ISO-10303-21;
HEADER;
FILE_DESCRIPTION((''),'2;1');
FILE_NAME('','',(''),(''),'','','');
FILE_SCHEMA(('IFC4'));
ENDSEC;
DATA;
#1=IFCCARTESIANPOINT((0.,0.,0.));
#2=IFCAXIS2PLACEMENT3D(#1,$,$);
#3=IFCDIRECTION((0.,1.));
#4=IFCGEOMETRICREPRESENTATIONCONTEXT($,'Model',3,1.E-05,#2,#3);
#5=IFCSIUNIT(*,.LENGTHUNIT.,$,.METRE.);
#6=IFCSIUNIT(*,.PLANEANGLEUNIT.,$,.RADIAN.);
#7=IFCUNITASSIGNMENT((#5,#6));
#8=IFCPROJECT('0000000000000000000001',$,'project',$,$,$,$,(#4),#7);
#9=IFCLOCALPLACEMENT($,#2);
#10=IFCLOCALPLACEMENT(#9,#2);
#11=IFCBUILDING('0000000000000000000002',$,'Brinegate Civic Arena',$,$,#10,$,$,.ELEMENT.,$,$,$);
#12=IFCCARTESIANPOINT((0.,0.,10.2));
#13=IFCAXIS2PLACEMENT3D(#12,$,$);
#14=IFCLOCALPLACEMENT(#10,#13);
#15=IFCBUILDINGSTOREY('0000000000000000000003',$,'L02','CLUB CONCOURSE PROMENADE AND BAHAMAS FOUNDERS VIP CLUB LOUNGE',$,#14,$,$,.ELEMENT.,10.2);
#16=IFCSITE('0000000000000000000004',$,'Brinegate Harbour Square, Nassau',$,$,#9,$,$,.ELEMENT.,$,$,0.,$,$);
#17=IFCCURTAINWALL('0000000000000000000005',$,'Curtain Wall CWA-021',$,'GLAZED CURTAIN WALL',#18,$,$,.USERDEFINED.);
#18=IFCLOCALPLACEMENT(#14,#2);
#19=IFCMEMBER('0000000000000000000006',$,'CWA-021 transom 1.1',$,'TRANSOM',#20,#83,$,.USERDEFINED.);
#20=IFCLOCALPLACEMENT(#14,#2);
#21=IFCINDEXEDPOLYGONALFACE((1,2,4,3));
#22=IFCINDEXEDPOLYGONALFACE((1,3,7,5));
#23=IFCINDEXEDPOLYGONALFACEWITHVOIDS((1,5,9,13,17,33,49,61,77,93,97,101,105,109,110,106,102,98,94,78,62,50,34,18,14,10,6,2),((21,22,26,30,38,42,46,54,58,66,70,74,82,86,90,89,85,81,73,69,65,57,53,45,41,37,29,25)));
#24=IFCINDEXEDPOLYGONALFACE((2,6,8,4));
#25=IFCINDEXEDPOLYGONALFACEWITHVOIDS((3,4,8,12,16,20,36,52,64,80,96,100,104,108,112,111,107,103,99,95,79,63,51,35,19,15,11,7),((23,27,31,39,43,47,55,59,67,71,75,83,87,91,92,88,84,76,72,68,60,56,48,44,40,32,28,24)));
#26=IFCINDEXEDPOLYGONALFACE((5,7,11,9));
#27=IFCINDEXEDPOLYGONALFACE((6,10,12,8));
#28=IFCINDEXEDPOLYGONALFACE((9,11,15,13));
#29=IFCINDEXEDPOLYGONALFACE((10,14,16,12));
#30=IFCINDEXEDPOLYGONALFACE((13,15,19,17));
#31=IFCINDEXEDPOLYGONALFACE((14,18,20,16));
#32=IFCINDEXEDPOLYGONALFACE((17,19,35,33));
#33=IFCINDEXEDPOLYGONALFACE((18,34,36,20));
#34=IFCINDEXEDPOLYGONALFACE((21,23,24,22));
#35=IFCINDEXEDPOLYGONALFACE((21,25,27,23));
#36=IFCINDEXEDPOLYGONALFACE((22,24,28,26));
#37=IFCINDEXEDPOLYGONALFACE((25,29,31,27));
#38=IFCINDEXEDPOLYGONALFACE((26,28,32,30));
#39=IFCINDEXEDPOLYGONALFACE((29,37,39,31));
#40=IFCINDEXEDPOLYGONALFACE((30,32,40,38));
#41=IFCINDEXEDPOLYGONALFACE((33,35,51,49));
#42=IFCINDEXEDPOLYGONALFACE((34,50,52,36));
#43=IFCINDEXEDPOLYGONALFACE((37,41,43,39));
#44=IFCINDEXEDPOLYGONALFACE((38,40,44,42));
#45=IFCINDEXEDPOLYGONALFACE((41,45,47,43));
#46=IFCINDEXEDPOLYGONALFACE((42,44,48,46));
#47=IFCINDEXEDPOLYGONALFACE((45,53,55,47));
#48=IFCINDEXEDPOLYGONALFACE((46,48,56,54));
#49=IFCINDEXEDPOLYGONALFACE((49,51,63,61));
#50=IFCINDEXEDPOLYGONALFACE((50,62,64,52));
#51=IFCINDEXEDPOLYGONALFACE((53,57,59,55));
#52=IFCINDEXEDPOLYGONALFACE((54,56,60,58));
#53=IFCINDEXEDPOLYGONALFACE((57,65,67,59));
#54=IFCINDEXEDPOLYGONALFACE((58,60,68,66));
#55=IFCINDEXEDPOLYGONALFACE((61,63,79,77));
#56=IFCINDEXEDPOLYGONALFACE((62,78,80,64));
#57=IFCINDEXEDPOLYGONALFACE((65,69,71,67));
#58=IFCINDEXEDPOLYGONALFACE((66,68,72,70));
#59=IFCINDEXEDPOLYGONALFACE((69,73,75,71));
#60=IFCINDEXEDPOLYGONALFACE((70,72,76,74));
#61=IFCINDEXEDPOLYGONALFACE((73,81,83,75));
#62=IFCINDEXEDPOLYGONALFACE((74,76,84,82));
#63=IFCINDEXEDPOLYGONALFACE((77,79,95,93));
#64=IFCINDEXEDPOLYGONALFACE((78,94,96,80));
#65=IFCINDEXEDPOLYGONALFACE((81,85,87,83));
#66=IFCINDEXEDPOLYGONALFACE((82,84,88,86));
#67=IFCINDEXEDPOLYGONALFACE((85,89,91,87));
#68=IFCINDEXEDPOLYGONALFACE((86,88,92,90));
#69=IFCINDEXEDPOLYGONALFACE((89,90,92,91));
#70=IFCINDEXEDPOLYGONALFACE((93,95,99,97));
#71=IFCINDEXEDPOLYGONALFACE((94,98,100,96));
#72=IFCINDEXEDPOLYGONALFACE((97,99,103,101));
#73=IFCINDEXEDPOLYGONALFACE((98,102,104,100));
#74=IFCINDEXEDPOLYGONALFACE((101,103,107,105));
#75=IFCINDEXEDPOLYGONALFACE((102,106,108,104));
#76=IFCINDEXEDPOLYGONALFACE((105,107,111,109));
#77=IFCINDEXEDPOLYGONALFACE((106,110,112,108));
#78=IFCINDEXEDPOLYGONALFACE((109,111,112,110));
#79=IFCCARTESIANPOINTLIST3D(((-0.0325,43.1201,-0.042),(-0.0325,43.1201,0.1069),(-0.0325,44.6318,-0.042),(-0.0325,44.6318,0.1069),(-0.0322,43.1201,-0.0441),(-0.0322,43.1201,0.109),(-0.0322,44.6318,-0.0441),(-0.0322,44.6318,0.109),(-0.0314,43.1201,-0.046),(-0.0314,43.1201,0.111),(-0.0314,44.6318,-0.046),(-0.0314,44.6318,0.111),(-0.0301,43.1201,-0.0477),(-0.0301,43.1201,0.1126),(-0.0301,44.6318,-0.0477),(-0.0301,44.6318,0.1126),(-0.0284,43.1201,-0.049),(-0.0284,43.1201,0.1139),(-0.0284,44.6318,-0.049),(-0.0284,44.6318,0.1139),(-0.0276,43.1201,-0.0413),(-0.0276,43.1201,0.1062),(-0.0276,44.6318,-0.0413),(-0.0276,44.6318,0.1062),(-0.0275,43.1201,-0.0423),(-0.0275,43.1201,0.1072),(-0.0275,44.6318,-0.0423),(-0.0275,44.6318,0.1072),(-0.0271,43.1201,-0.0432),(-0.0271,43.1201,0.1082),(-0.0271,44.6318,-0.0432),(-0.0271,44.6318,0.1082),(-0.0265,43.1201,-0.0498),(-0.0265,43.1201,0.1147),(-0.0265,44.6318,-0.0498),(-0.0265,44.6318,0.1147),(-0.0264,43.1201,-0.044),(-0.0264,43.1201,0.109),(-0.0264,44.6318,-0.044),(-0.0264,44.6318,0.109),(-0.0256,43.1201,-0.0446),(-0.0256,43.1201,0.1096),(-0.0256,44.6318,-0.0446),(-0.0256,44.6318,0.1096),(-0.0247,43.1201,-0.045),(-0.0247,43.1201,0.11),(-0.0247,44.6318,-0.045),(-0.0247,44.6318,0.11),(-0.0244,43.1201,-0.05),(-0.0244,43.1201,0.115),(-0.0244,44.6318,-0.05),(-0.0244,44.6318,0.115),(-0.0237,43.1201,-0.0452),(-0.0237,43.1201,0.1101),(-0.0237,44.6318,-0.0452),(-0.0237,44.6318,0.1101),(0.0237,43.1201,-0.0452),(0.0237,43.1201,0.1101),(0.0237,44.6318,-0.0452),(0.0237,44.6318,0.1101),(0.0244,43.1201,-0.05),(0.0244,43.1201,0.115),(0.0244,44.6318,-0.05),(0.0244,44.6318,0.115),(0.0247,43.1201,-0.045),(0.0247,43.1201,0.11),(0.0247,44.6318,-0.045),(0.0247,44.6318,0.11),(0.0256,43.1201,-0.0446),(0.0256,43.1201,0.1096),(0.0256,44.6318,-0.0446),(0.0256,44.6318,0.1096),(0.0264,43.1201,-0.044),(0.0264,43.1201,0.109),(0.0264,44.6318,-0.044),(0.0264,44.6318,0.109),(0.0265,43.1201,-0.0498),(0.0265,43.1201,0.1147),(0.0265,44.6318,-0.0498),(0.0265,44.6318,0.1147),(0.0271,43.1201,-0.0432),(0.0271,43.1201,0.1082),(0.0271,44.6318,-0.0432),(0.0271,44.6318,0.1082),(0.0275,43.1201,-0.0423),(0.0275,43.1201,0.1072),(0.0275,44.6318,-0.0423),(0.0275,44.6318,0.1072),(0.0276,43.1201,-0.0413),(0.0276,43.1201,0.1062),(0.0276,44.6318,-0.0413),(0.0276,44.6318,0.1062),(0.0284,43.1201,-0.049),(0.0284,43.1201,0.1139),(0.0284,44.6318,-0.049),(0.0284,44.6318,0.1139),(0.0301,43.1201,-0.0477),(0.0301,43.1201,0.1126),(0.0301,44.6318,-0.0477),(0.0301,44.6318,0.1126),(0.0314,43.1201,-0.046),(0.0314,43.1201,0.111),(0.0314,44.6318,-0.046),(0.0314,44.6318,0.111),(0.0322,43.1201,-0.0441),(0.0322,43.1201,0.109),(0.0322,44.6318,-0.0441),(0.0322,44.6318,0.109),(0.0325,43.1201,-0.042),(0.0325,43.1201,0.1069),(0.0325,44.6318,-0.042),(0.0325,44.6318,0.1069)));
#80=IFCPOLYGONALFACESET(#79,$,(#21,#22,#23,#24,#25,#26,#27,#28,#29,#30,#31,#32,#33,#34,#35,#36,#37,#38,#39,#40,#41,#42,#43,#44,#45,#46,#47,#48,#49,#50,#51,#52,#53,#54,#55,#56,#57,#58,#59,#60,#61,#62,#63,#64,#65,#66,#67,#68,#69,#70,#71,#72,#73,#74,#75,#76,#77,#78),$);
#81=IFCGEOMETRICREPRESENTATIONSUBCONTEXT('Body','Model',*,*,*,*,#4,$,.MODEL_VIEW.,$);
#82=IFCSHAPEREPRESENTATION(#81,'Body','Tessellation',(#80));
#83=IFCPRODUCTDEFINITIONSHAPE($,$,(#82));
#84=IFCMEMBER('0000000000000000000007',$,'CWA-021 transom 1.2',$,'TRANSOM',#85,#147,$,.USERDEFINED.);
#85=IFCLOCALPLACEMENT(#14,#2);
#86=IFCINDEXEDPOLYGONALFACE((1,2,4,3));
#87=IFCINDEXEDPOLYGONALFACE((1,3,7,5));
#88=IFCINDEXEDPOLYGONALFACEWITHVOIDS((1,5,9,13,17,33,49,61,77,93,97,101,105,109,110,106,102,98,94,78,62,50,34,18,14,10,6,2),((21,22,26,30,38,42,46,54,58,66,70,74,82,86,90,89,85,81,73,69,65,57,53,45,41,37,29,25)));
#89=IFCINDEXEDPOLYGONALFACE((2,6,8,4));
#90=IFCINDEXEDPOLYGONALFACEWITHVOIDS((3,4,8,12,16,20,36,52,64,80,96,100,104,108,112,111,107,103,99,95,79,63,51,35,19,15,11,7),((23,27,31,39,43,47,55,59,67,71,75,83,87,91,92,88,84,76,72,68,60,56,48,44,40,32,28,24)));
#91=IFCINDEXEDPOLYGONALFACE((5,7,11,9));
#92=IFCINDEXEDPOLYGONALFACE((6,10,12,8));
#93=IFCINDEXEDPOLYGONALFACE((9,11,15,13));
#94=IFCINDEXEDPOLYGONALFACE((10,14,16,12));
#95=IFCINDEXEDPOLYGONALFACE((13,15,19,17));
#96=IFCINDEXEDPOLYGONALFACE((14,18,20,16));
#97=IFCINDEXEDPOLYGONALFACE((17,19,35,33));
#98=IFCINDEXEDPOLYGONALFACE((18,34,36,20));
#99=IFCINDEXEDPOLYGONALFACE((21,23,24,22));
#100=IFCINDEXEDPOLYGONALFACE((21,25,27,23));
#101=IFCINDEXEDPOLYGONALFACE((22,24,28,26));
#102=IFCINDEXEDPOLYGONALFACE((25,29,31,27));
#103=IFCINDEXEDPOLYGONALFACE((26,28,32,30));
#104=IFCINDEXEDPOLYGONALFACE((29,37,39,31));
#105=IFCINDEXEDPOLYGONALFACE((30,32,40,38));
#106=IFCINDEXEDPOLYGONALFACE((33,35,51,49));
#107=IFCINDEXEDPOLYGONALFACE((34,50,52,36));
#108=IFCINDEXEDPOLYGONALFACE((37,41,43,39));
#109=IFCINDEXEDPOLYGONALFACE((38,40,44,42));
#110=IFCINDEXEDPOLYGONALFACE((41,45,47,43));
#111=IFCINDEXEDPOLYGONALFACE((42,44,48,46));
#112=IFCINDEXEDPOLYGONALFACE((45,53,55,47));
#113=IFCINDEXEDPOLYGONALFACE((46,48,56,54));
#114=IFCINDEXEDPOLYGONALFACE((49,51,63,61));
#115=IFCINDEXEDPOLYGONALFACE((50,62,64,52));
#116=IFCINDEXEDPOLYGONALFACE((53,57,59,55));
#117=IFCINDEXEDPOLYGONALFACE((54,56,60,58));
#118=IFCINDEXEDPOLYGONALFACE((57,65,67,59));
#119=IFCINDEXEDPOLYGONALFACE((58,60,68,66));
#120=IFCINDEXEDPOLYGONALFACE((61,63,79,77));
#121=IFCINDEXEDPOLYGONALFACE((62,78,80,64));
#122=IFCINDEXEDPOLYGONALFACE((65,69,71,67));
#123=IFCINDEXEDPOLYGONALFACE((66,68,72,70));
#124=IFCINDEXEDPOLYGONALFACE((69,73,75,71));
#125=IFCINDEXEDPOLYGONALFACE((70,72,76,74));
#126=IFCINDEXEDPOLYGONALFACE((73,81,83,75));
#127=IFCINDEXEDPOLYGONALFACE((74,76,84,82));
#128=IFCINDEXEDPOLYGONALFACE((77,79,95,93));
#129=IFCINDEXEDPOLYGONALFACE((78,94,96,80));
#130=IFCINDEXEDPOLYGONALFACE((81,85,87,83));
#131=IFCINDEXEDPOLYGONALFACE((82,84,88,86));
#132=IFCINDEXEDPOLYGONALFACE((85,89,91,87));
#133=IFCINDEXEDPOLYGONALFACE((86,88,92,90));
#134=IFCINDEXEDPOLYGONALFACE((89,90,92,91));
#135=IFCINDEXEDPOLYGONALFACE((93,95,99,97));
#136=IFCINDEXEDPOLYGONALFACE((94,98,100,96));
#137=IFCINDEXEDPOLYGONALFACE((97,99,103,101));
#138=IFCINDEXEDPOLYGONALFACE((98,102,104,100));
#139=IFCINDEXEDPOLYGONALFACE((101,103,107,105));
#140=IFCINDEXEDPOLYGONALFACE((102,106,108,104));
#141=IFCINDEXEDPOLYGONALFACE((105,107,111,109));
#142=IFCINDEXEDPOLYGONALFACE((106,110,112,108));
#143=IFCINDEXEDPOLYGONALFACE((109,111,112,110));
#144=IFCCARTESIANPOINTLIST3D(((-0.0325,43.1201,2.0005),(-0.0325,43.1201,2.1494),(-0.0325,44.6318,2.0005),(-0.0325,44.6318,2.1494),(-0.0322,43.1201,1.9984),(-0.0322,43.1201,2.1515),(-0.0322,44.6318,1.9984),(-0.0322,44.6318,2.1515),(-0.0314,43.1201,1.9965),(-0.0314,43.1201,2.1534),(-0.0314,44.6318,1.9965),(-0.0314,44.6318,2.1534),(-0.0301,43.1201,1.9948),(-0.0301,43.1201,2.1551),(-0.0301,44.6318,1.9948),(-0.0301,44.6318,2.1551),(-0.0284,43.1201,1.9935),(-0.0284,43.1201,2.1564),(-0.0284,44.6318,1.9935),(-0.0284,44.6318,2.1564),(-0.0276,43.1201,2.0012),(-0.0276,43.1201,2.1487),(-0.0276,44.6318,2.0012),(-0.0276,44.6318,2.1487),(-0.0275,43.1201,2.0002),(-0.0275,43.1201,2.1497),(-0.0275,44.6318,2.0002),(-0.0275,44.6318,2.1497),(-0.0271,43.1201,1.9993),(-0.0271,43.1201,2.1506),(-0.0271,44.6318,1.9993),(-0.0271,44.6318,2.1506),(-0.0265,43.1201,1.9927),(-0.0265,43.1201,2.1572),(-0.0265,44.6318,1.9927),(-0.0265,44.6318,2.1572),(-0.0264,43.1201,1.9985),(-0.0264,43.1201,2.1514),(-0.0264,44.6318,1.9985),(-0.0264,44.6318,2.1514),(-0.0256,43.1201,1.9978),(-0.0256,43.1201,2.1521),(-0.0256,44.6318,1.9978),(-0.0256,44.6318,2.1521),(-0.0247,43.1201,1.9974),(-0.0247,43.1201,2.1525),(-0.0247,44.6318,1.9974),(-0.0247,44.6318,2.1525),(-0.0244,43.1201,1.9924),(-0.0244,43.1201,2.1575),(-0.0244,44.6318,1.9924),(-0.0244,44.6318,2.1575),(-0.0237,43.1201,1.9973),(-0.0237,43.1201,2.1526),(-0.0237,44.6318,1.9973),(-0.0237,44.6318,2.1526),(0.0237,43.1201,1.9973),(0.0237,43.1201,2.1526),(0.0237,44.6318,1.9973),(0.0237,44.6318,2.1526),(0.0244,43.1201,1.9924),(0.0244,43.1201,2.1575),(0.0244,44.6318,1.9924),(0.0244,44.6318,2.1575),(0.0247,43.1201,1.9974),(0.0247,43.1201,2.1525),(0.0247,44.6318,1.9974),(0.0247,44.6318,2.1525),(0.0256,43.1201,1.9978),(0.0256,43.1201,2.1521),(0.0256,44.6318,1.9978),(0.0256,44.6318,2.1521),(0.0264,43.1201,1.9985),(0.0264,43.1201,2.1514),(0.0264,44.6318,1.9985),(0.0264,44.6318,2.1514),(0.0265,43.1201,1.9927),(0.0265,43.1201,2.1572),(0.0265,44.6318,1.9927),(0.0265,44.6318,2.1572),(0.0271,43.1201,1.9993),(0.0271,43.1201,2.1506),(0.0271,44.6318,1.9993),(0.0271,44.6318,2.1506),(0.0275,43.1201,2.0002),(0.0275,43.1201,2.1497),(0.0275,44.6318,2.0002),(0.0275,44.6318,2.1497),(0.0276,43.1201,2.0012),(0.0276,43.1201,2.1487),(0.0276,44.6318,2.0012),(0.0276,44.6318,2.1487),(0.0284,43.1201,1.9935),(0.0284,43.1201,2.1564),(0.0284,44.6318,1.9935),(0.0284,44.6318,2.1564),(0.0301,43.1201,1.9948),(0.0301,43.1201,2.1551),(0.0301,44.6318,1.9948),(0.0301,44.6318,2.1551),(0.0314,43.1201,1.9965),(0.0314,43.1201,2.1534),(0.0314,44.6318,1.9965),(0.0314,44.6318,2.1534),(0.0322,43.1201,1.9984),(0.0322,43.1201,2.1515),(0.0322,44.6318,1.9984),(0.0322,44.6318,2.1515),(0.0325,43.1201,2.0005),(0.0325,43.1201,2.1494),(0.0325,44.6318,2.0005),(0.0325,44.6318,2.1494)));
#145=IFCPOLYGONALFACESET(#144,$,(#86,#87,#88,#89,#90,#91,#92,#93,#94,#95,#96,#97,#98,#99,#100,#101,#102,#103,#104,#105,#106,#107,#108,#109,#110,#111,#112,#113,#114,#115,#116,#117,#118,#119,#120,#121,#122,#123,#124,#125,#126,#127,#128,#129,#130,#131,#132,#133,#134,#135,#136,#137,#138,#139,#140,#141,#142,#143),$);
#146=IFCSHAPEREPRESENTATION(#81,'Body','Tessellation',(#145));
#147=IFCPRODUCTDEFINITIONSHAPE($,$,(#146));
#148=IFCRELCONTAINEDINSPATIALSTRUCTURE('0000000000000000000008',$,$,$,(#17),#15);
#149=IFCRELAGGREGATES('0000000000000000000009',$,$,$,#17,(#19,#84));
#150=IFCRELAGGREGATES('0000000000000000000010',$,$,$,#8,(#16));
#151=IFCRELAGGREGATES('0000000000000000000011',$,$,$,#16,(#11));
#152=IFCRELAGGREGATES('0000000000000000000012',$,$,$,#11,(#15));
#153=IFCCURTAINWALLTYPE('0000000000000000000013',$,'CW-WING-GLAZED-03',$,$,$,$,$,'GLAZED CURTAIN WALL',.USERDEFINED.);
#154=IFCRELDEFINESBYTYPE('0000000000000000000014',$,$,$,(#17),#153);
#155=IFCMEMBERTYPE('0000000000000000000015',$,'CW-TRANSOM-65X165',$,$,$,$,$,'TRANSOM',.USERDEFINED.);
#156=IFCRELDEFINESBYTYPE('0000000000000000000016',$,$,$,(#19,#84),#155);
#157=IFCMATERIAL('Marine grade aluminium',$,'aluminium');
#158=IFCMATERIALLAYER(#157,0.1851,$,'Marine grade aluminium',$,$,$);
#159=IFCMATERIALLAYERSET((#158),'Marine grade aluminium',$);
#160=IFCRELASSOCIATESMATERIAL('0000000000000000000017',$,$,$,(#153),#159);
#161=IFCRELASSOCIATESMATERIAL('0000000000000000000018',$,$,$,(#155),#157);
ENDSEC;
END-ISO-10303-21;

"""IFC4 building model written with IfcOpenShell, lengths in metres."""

from ifc_helpers import new_model, si_unit, direction, frame, origin, origin_2d, place, context, subcontext, project, spatial, hollow_rectangle, extrude, material, layer, layer_set, material_profile, profile_set, type_object, element, aggregate, save


model = new_model("IFC4")

# Units and contexts
model_context = context("Model", 3, precision=1e-05, world=origin(), true_north=direction((0.0, 1.0)))
body_context = subcontext(model_context, "Body", "Model", "MODEL_VIEW")
ifc_project = project(units=[si_unit("LENGTHUNIT", "METRE"), si_unit("PLANEANGLEUNIT", "RADIAN")], contexts=[model_context])

# Site, building, storey
site_placement = place(None, origin())
site = spatial("IfcSite", under=ifc_project, at=site_placement, Name="Brinegate Harbour Square, Nassau", CompositionType="ELEMENT", RefElevation=0.0)
building_placement = place(site_placement, origin())
building = spatial("IfcBuilding", under=site, at=building_placement, Name="Brinegate Civic Arena", CompositionType="ELEMENT")
storey_placement = place(building_placement, frame((0.0, 0.0, 10.2)))
storey = spatial("IfcBuildingStorey", under=building, at=storey_placement, Name="L02", Description="CLUB CONCOURSE PROMENADE AND BAHAMAS FOUNDERS VIP CLUB LOUNGE", CompositionType="ELEMENT", Elevation=10.2)

# Curtain wall
ifc_material_1 = material(Name="Marine grade aluminium", Category="aluminium")
ifc_layer_1 = layer(ifc_material_1, 0.1851, Name="Marine grade aluminium")
ifc_layer_set_1 = layer_set([ifc_layer_1], Name="Marine grade aluminium")
curtain_wall_type = type_object("IfcCurtainWallType", Name="CW-WING-GLAZED-03", ElementType="GLAZED CURTAIN WALL", PredefinedType="USERDEFINED", material=ifc_layer_set_1)
curtain_wall_1_placement = place(storey_placement, origin())
curtain_wall_1 = element("IfcCurtainWall", 1, at=curtain_wall_1_placement, inside=storey, type_object=curtain_wall_type, Name="Curtain Wall CWA-021", ObjectType="GLAZED CURTAIN WALL", PredefinedType="USERDEFINED")

# Members
ifc_material_profile_1 = material_profile(ifc_material_1, hollow_rectangle(XDim=0.0649, YDim=0.165, WallThickness=0.0049, InnerFilletRadius=0.0039, OuterFilletRadius=0.0081, at=origin_2d()), Name="TRN65X165")
ifc_profile_set_1 = profile_set([ifc_material_profile_1], Name="Marine grade aluminium")
member_type_1 = type_object("IfcMemberType", Name="CW-TRANSOM-65X165", ElementType="TRANSOM", PredefinedType="USERDEFINED", material=ifc_profile_set_1)
member_1_placement = place(storey_placement, frame((0.0, 43.1201, 0.0325), z_axis=(0.0, 1.0, 0.0), x_axis=(-1.0, 0.0, 0.0)))
member_1 = element("IfcMember", 2, at=member_1_placement, type_object=member_type_1, Name="CWA-021 transom 1.1", ObjectType="TRANSOM", PredefinedType="USERDEFINED", context=body_context, shape_type="SweptSolid", body=[
    extrude(hollow_rectangle(XDim=0.0649, YDim=0.165, WallThickness=0.0049, InnerFilletRadius=0.0039, OuterFilletRadius=0.0081, at=origin_2d()), origin(), (0.0, 0.0, 1.0), 1.5117),
])
member_2_placement = place(storey_placement, frame((0.0, 43.1201, 2.075), z_axis=(0.0, 1.0, 0.0), x_axis=(-1.0, 0.0, 0.0)))
member_2 = element("IfcMember", 3, at=member_2_placement, type_object=member_type_1, Name="CWA-021 transom 1.2", ObjectType="TRANSOM", PredefinedType="USERDEFINED", context=body_context, shape_type="SweptSolid", body=[
    extrude(hollow_rectangle(XDim=0.0649, YDim=0.165, WallThickness=0.0049, InnerFilletRadius=0.0039, OuterFilletRadius=0.0081, at=origin_2d()), origin(), (0.0, 0.0, 1.0), 1.5117),
])

aggregate(curtain_wall_1, [member_1, member_2])

save(model, "model.ifc")
